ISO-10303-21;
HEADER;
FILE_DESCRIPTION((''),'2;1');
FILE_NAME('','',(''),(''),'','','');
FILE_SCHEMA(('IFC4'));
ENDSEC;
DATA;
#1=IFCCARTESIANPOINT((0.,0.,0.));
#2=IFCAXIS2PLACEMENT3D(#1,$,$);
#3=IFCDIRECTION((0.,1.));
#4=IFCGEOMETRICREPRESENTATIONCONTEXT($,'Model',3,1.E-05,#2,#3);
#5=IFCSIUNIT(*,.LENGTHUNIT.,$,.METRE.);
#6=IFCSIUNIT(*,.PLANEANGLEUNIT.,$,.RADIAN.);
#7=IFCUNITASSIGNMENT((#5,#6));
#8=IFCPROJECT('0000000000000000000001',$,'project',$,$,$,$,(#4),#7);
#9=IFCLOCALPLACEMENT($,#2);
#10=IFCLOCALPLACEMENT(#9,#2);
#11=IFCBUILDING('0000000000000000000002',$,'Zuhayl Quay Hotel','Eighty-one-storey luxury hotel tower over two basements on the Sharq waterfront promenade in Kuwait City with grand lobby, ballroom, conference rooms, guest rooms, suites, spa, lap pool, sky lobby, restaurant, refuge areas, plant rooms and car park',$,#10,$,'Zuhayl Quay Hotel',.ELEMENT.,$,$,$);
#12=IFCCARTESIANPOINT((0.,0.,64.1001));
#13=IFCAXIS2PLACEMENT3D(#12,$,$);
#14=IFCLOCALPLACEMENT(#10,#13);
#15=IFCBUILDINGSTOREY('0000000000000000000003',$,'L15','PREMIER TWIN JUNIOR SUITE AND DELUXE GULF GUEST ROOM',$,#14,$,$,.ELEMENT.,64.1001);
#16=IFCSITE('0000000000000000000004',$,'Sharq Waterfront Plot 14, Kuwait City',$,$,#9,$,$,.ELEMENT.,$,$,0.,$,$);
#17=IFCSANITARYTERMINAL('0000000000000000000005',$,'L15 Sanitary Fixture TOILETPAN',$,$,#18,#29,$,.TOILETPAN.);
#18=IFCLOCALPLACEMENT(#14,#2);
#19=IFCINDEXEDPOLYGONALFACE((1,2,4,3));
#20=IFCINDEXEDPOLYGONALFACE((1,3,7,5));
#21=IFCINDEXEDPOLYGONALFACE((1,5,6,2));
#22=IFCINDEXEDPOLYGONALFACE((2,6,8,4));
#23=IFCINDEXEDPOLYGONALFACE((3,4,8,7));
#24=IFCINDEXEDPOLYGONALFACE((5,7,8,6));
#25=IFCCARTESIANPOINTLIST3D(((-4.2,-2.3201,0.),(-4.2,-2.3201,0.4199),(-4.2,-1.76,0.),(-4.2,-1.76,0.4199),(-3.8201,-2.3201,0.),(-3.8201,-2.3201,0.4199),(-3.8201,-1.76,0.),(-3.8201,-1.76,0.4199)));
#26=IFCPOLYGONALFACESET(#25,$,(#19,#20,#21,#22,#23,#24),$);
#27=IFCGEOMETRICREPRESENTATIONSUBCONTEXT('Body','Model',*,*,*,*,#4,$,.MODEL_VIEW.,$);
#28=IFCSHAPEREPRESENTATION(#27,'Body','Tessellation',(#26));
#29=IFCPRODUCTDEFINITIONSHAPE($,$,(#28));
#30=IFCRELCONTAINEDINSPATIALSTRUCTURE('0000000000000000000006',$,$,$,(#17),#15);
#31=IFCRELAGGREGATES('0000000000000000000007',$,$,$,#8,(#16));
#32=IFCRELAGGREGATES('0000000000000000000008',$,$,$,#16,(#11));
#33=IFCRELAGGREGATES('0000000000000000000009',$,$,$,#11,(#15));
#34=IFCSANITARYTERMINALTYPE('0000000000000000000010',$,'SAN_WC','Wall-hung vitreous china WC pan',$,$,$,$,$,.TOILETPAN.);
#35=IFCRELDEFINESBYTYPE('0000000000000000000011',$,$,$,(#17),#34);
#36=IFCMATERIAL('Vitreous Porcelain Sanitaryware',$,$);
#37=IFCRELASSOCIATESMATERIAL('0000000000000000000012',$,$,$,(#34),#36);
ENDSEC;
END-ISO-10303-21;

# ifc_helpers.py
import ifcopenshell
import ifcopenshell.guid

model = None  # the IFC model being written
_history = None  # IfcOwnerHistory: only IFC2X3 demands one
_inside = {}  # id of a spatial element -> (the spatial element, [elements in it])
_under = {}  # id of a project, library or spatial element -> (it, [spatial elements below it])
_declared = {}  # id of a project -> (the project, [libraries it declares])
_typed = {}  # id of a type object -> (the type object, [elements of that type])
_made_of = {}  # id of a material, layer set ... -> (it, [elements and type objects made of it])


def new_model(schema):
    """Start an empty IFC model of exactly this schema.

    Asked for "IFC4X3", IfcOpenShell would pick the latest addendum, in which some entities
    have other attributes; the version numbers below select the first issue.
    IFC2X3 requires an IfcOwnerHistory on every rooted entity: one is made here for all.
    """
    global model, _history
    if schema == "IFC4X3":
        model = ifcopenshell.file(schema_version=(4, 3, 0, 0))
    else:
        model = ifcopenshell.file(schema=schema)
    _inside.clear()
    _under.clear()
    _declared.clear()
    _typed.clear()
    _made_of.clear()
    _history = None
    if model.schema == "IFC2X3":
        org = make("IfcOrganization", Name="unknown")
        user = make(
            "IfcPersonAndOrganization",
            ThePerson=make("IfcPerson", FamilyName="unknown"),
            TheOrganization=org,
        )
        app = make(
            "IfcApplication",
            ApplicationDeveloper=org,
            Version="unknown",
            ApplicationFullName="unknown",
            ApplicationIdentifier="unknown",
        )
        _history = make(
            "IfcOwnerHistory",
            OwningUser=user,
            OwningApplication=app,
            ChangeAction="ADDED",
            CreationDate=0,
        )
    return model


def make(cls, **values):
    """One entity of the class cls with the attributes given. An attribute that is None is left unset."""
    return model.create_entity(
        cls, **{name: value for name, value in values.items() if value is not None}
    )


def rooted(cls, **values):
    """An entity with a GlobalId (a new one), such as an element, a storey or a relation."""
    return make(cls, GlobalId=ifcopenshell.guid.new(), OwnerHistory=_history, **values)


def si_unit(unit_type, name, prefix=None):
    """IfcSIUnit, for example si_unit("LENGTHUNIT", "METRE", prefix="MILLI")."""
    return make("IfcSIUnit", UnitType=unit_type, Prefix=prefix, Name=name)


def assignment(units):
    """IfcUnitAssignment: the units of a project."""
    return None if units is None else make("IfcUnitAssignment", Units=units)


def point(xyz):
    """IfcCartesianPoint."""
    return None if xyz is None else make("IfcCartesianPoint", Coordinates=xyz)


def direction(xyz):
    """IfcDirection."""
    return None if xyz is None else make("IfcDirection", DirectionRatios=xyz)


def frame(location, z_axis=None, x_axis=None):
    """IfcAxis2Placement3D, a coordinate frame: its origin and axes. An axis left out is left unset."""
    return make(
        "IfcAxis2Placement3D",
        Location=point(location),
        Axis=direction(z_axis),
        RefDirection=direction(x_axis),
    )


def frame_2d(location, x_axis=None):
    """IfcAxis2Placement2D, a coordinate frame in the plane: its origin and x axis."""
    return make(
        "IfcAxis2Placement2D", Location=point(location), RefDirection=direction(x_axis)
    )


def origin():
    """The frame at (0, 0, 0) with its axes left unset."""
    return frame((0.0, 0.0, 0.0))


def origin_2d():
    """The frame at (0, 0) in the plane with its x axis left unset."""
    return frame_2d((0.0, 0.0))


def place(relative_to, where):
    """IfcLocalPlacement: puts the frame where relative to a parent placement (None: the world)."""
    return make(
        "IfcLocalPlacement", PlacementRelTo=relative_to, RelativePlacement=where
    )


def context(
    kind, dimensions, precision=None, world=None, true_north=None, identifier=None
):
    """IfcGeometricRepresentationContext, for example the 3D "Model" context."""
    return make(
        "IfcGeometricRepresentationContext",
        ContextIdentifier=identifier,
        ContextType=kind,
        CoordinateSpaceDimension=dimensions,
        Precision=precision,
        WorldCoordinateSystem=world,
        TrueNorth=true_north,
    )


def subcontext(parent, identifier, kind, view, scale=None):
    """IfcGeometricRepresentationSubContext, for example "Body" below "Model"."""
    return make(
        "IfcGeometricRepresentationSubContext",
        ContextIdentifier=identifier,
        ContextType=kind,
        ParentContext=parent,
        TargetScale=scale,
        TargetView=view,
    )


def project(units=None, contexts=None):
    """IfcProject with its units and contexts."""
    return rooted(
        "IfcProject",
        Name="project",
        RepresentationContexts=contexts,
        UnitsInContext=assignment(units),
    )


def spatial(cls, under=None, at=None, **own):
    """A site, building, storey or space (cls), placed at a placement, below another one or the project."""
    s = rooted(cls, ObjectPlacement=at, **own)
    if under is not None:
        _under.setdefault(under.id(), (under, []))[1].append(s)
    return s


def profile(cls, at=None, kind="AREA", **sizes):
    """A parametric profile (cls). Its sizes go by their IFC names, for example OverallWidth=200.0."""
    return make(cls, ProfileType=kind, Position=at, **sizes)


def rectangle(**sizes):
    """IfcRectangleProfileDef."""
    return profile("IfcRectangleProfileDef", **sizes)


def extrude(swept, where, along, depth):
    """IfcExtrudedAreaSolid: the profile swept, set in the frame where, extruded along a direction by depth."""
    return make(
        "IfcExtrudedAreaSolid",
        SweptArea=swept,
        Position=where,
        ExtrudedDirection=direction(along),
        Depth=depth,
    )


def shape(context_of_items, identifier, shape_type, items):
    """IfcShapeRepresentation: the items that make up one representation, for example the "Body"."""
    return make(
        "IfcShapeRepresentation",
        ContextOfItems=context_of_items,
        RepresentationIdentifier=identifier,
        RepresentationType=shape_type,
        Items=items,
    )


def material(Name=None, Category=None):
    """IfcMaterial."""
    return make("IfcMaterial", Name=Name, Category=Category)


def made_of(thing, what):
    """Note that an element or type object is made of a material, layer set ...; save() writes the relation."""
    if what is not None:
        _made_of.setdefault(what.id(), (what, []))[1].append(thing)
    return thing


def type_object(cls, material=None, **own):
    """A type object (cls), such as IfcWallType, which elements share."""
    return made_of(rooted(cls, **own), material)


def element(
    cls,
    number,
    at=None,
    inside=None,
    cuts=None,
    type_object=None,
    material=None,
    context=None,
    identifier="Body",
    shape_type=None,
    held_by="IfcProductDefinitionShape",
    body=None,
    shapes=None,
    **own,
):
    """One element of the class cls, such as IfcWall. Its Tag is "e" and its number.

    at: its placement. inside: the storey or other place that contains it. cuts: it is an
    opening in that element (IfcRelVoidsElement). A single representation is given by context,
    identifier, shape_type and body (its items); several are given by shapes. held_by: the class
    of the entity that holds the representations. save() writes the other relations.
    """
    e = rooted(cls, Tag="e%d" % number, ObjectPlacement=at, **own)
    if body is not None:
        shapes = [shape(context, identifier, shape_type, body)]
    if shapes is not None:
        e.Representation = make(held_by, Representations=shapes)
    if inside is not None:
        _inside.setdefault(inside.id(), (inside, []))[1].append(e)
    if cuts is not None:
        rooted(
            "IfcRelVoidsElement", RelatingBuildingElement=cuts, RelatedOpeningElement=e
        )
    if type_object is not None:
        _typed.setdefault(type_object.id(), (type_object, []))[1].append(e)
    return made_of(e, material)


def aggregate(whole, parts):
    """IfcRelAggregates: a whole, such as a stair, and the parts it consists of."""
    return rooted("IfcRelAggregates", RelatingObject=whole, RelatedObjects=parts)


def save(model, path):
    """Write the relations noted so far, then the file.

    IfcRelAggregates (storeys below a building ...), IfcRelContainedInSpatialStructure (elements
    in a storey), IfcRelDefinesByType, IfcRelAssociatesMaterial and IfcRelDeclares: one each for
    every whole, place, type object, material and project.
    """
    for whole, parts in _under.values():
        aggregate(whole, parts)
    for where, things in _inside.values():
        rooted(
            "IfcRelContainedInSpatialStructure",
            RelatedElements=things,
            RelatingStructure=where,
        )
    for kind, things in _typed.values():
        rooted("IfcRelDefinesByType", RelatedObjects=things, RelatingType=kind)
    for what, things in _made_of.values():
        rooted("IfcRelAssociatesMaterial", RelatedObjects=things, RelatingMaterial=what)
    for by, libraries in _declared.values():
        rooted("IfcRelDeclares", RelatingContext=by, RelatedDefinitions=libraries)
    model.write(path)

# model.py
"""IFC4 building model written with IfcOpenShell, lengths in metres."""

from ifc_helpers import new_model, si_unit, direction, frame, origin, origin_2d, place, context, subcontext, project, spatial, rectangle, extrude, material, type_object, element, save


model = new_model("IFC4")

# Units and contexts
model_context = context("Model", 3, precision=1e-05, world=origin(), true_north=direction((0.0, 1.0)))
body_context = subcontext(model_context, "Body", "Model", "MODEL_VIEW")
ifc_project = project(units=[si_unit("LENGTHUNIT", "METRE"), si_unit("PLANEANGLEUNIT", "RADIAN")], contexts=[model_context])

# Site, building, storey
site_placement = place(None, origin())
site = spatial("IfcSite", under=ifc_project, at=site_placement, Name="Sharq Waterfront Plot 14, Kuwait City", CompositionType="ELEMENT", RefElevation=0.0)
building_placement = place(site_placement, origin())
building = spatial("IfcBuilding", under=site, at=building_placement, Name="Zuhayl Quay Hotel", Description="Eighty-one-storey luxury hotel tower over two basements on the Sharq waterfront promenade in Kuwait City with grand lobby, ballroom, conference rooms, guest rooms, suites, spa, lap pool, sky lobby, restaurant, refuge areas, plant rooms and car park", LongName="Zuhayl Quay Hotel", CompositionType="ELEMENT")
storey_placement = place(building_placement, frame((0.0, 0.0, 64.1001)))
storey = spatial("IfcBuildingStorey", under=building, at=storey_placement, Name="L15", Description="PREMIER TWIN JUNIOR SUITE AND DELUXE GULF GUEST ROOM", CompositionType="ELEMENT", Elevation=64.1001)

# Sanitary terminal
ifc_material_1 = material(Name="Vitreous Porcelain Sanitaryware")
sanitary_terminal_type_1 = type_object("IfcSanitaryTerminalType", Name="SAN_WC", Description="Wall-hung vitreous china WC pan", PredefinedType="TOILETPAN", material=ifc_material_1)
for number, where, z_axis, x_axis, name in (
    (1, (-4.01, -2.04, 0.0), (0.0, 0.0, 1.0), (1.0, 0.0, 0.0), "L15 Sanitary Fixture TOILETPAN"),
):
    element("IfcSanitaryTerminal", number, at=place(storey_placement, frame(where, z_axis=z_axis, x_axis=x_axis)), inside=storey, type_object=sanitary_terminal_type_1, Name=name, PredefinedType="TOILETPAN", context=body_context, shape_type="SweptSolid", body=[
        extrude(rectangle(XDim=0.3799, YDim=0.5601, at=origin_2d()), origin(), (0.0, 0.0, 1.0), 0.4199),
    ])

save(model, "model.ifc")
